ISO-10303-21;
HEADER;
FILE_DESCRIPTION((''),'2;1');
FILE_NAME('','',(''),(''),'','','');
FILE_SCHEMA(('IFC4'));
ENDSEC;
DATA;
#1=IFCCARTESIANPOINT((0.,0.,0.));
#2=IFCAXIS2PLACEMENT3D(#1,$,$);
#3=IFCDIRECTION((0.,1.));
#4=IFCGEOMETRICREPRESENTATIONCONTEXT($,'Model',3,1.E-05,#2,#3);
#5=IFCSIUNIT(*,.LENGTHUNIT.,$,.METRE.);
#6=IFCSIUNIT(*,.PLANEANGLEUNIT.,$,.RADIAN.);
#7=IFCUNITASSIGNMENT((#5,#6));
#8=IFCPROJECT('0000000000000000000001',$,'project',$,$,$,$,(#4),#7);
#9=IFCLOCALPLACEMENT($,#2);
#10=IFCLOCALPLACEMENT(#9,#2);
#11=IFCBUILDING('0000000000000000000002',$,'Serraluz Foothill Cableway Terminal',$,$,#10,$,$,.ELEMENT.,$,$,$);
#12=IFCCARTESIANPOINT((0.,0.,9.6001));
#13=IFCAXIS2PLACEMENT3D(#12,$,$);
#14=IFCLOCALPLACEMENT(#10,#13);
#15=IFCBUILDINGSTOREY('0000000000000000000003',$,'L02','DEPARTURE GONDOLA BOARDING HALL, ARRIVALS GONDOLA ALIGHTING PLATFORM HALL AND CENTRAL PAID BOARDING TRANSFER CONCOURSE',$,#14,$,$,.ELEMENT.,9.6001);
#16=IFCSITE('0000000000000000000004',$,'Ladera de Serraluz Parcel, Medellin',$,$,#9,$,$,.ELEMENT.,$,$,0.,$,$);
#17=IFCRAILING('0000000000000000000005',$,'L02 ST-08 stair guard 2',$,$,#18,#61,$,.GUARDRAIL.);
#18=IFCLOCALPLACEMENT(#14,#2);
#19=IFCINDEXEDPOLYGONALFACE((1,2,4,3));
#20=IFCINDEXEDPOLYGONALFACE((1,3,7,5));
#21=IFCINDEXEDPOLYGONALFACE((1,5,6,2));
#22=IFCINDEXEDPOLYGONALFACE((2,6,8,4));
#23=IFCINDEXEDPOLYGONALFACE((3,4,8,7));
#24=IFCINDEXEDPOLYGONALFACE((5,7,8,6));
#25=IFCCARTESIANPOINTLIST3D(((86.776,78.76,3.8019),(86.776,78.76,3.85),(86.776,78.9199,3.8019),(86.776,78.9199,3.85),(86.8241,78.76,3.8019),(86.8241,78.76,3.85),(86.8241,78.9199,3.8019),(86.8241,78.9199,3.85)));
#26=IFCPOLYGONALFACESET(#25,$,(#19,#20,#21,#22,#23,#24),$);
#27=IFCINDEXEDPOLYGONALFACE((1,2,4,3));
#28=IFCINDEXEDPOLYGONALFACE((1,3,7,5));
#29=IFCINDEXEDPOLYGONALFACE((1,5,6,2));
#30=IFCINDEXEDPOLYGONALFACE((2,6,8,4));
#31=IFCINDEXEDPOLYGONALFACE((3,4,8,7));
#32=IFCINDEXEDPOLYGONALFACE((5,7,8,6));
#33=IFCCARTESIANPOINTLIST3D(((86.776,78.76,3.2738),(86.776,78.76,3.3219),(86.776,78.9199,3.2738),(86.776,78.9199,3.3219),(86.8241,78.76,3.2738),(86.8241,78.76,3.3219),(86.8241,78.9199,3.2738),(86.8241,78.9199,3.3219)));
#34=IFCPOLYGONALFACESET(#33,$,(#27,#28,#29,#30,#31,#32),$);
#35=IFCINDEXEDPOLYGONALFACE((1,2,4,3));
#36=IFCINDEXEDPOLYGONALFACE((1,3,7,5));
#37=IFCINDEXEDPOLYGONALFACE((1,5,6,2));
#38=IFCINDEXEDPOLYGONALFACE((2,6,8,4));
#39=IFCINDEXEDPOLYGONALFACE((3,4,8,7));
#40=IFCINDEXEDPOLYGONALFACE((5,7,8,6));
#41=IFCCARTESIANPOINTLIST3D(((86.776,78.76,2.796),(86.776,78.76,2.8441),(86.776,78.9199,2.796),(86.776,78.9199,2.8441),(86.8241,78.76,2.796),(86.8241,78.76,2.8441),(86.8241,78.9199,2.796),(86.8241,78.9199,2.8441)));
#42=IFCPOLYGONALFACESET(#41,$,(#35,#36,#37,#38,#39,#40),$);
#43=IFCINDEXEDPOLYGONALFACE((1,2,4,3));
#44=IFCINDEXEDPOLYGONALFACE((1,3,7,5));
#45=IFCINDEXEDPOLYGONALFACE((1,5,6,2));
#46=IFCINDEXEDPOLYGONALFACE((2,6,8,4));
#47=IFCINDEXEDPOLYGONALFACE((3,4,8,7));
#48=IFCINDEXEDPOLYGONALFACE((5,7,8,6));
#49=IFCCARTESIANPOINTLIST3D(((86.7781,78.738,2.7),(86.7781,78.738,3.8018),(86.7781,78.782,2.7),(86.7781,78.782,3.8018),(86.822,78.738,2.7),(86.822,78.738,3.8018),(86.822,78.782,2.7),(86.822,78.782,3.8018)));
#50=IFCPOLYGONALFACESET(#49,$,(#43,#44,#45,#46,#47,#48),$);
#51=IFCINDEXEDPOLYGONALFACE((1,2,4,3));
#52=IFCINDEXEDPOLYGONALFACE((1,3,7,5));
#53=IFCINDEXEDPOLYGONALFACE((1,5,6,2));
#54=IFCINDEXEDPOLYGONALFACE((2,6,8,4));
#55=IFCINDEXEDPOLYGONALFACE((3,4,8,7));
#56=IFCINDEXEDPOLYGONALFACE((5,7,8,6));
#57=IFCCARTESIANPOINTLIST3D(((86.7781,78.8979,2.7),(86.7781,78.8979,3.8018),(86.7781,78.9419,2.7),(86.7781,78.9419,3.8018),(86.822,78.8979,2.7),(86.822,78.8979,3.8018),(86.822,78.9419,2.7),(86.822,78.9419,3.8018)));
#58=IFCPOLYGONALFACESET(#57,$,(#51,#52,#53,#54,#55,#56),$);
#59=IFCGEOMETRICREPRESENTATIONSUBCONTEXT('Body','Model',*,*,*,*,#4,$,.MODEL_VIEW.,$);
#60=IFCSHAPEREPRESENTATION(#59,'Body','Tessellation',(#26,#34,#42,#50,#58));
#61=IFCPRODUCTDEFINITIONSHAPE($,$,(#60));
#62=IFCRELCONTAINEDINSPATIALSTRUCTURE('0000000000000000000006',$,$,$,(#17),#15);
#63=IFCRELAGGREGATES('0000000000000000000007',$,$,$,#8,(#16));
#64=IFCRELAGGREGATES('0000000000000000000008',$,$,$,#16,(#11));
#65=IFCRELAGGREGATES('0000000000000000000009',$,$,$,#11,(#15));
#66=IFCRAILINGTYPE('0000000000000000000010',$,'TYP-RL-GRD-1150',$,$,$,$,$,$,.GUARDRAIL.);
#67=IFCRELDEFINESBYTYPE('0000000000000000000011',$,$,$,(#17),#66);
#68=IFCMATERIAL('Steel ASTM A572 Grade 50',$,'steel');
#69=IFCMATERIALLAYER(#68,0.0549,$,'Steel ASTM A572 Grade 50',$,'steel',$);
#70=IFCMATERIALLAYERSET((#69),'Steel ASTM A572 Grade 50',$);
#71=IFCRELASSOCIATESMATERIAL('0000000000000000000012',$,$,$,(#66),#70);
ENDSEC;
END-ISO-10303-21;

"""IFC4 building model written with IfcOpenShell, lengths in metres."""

from ifc_helpers import new_model, si_unit, direction, frame, origin, origin_2d, place, context, subcontext, project, spatial, rectangle, extrude, material, layer, layer_set, type_object, element, save


model = new_model("IFC4")

# Units and contexts
model_context = context("Model", 3, precision=1e-05, world=origin(), true_north=direction((0.0, 1.0)))
body_context = subcontext(model_context, "Body", "Model", "MODEL_VIEW")
ifc_project = project(units=[si_unit("LENGTHUNIT", "METRE"), si_unit("PLANEANGLEUNIT", "RADIAN")], contexts=[model_context])

# Site, building, storey
site_placement = place(None, origin())
site = spatial("IfcSite", under=ifc_project, at=site_placement, Name="Ladera de Serraluz Parcel, Medellin", CompositionType="ELEMENT", RefElevation=0.0)
building_placement = place(site_placement, origin())
building = spatial("IfcBuilding", under=site, at=building_placement, Name="Serraluz Foothill Cableway Terminal", CompositionType="ELEMENT")
storey_placement = place(building_placement, frame((0.0, 0.0, 9.6001)))
storey = spatial("IfcBuildingStorey", under=building, at=storey_placement, Name="L02", Description="DEPARTURE GONDOLA BOARDING HALL, ARRIVALS GONDOLA ALIGHTING PLATFORM HALL AND CENTRAL PAID BOARDING TRANSFER CONCOURSE", CompositionType="ELEMENT", Elevation=9.6001)

# Shared definitions
ifc_material_1 = material(Name="Steel ASTM A572 Grade 50", Category="steel")

# Railing
ifc_layer_1 = layer(ifc_material_1, 0.0549, Name="Steel ASTM A572 Grade 50", Category="steel")
ifc_layer_set_1 = layer_set([ifc_layer_1], Name="Steel ASTM A572 Grade 50")
railing_type_1 = type_object("IfcRailingType", Name="TYP-RL-GRD-1150", PredefinedType="GUARDRAIL", material=ifc_layer_set_1)
railing_1_placement = place(storey_placement, frame((86.8, 78.76, 2.7)))
element("IfcRailing", 1, at=railing_1_placement, inside=storey, type_object=railing_type_1, Name="L02 ST-08 stair guard 2", PredefinedType="GUARDRAIL", context=body_context, shape_type="SweptSolid", body=[
    extrude(rectangle(XDim=0.0481, YDim=0.0481, at=origin_2d()), frame((0.0, 0.0, 1.126), z_axis=(0.0, 1.0, 0.0), x_axis=(-1.0, 0.0, 0.0)), (0.0, 0.0, 1.0), 0.1599),
    extrude(rectangle(XDim=0.0481, YDim=0.0481, at=origin_2d()), frame((0.0, 0.0, 0.5979), z_axis=(0.0, 1.0, 0.0), x_axis=(-1.0, 0.0, 0.0)), (0.0, 0.0, 1.0), 0.1599),
    extrude(rectangle(XDim=0.0481, YDim=0.0481, at=origin_2d()), frame((0.0, 0.0, 0.1201), z_axis=(0.0, 1.0, 0.0), x_axis=(-1.0, 0.0, 0.0)), (0.0, 0.0, 1.0), 0.1599),
    extrude(rectangle(XDim=0.0439, YDim=0.0439, at=origin_2d()), origin(), (0.0, 0.0, 1.0), 1.1018),
    extrude(rectangle(XDim=0.0439, YDim=0.0439, at=origin_2d()), frame((0.0, 0.1599, 0.0)), (0.0, 0.0, 1.0), 1.1018),
])

save(model, "model.ifc")
